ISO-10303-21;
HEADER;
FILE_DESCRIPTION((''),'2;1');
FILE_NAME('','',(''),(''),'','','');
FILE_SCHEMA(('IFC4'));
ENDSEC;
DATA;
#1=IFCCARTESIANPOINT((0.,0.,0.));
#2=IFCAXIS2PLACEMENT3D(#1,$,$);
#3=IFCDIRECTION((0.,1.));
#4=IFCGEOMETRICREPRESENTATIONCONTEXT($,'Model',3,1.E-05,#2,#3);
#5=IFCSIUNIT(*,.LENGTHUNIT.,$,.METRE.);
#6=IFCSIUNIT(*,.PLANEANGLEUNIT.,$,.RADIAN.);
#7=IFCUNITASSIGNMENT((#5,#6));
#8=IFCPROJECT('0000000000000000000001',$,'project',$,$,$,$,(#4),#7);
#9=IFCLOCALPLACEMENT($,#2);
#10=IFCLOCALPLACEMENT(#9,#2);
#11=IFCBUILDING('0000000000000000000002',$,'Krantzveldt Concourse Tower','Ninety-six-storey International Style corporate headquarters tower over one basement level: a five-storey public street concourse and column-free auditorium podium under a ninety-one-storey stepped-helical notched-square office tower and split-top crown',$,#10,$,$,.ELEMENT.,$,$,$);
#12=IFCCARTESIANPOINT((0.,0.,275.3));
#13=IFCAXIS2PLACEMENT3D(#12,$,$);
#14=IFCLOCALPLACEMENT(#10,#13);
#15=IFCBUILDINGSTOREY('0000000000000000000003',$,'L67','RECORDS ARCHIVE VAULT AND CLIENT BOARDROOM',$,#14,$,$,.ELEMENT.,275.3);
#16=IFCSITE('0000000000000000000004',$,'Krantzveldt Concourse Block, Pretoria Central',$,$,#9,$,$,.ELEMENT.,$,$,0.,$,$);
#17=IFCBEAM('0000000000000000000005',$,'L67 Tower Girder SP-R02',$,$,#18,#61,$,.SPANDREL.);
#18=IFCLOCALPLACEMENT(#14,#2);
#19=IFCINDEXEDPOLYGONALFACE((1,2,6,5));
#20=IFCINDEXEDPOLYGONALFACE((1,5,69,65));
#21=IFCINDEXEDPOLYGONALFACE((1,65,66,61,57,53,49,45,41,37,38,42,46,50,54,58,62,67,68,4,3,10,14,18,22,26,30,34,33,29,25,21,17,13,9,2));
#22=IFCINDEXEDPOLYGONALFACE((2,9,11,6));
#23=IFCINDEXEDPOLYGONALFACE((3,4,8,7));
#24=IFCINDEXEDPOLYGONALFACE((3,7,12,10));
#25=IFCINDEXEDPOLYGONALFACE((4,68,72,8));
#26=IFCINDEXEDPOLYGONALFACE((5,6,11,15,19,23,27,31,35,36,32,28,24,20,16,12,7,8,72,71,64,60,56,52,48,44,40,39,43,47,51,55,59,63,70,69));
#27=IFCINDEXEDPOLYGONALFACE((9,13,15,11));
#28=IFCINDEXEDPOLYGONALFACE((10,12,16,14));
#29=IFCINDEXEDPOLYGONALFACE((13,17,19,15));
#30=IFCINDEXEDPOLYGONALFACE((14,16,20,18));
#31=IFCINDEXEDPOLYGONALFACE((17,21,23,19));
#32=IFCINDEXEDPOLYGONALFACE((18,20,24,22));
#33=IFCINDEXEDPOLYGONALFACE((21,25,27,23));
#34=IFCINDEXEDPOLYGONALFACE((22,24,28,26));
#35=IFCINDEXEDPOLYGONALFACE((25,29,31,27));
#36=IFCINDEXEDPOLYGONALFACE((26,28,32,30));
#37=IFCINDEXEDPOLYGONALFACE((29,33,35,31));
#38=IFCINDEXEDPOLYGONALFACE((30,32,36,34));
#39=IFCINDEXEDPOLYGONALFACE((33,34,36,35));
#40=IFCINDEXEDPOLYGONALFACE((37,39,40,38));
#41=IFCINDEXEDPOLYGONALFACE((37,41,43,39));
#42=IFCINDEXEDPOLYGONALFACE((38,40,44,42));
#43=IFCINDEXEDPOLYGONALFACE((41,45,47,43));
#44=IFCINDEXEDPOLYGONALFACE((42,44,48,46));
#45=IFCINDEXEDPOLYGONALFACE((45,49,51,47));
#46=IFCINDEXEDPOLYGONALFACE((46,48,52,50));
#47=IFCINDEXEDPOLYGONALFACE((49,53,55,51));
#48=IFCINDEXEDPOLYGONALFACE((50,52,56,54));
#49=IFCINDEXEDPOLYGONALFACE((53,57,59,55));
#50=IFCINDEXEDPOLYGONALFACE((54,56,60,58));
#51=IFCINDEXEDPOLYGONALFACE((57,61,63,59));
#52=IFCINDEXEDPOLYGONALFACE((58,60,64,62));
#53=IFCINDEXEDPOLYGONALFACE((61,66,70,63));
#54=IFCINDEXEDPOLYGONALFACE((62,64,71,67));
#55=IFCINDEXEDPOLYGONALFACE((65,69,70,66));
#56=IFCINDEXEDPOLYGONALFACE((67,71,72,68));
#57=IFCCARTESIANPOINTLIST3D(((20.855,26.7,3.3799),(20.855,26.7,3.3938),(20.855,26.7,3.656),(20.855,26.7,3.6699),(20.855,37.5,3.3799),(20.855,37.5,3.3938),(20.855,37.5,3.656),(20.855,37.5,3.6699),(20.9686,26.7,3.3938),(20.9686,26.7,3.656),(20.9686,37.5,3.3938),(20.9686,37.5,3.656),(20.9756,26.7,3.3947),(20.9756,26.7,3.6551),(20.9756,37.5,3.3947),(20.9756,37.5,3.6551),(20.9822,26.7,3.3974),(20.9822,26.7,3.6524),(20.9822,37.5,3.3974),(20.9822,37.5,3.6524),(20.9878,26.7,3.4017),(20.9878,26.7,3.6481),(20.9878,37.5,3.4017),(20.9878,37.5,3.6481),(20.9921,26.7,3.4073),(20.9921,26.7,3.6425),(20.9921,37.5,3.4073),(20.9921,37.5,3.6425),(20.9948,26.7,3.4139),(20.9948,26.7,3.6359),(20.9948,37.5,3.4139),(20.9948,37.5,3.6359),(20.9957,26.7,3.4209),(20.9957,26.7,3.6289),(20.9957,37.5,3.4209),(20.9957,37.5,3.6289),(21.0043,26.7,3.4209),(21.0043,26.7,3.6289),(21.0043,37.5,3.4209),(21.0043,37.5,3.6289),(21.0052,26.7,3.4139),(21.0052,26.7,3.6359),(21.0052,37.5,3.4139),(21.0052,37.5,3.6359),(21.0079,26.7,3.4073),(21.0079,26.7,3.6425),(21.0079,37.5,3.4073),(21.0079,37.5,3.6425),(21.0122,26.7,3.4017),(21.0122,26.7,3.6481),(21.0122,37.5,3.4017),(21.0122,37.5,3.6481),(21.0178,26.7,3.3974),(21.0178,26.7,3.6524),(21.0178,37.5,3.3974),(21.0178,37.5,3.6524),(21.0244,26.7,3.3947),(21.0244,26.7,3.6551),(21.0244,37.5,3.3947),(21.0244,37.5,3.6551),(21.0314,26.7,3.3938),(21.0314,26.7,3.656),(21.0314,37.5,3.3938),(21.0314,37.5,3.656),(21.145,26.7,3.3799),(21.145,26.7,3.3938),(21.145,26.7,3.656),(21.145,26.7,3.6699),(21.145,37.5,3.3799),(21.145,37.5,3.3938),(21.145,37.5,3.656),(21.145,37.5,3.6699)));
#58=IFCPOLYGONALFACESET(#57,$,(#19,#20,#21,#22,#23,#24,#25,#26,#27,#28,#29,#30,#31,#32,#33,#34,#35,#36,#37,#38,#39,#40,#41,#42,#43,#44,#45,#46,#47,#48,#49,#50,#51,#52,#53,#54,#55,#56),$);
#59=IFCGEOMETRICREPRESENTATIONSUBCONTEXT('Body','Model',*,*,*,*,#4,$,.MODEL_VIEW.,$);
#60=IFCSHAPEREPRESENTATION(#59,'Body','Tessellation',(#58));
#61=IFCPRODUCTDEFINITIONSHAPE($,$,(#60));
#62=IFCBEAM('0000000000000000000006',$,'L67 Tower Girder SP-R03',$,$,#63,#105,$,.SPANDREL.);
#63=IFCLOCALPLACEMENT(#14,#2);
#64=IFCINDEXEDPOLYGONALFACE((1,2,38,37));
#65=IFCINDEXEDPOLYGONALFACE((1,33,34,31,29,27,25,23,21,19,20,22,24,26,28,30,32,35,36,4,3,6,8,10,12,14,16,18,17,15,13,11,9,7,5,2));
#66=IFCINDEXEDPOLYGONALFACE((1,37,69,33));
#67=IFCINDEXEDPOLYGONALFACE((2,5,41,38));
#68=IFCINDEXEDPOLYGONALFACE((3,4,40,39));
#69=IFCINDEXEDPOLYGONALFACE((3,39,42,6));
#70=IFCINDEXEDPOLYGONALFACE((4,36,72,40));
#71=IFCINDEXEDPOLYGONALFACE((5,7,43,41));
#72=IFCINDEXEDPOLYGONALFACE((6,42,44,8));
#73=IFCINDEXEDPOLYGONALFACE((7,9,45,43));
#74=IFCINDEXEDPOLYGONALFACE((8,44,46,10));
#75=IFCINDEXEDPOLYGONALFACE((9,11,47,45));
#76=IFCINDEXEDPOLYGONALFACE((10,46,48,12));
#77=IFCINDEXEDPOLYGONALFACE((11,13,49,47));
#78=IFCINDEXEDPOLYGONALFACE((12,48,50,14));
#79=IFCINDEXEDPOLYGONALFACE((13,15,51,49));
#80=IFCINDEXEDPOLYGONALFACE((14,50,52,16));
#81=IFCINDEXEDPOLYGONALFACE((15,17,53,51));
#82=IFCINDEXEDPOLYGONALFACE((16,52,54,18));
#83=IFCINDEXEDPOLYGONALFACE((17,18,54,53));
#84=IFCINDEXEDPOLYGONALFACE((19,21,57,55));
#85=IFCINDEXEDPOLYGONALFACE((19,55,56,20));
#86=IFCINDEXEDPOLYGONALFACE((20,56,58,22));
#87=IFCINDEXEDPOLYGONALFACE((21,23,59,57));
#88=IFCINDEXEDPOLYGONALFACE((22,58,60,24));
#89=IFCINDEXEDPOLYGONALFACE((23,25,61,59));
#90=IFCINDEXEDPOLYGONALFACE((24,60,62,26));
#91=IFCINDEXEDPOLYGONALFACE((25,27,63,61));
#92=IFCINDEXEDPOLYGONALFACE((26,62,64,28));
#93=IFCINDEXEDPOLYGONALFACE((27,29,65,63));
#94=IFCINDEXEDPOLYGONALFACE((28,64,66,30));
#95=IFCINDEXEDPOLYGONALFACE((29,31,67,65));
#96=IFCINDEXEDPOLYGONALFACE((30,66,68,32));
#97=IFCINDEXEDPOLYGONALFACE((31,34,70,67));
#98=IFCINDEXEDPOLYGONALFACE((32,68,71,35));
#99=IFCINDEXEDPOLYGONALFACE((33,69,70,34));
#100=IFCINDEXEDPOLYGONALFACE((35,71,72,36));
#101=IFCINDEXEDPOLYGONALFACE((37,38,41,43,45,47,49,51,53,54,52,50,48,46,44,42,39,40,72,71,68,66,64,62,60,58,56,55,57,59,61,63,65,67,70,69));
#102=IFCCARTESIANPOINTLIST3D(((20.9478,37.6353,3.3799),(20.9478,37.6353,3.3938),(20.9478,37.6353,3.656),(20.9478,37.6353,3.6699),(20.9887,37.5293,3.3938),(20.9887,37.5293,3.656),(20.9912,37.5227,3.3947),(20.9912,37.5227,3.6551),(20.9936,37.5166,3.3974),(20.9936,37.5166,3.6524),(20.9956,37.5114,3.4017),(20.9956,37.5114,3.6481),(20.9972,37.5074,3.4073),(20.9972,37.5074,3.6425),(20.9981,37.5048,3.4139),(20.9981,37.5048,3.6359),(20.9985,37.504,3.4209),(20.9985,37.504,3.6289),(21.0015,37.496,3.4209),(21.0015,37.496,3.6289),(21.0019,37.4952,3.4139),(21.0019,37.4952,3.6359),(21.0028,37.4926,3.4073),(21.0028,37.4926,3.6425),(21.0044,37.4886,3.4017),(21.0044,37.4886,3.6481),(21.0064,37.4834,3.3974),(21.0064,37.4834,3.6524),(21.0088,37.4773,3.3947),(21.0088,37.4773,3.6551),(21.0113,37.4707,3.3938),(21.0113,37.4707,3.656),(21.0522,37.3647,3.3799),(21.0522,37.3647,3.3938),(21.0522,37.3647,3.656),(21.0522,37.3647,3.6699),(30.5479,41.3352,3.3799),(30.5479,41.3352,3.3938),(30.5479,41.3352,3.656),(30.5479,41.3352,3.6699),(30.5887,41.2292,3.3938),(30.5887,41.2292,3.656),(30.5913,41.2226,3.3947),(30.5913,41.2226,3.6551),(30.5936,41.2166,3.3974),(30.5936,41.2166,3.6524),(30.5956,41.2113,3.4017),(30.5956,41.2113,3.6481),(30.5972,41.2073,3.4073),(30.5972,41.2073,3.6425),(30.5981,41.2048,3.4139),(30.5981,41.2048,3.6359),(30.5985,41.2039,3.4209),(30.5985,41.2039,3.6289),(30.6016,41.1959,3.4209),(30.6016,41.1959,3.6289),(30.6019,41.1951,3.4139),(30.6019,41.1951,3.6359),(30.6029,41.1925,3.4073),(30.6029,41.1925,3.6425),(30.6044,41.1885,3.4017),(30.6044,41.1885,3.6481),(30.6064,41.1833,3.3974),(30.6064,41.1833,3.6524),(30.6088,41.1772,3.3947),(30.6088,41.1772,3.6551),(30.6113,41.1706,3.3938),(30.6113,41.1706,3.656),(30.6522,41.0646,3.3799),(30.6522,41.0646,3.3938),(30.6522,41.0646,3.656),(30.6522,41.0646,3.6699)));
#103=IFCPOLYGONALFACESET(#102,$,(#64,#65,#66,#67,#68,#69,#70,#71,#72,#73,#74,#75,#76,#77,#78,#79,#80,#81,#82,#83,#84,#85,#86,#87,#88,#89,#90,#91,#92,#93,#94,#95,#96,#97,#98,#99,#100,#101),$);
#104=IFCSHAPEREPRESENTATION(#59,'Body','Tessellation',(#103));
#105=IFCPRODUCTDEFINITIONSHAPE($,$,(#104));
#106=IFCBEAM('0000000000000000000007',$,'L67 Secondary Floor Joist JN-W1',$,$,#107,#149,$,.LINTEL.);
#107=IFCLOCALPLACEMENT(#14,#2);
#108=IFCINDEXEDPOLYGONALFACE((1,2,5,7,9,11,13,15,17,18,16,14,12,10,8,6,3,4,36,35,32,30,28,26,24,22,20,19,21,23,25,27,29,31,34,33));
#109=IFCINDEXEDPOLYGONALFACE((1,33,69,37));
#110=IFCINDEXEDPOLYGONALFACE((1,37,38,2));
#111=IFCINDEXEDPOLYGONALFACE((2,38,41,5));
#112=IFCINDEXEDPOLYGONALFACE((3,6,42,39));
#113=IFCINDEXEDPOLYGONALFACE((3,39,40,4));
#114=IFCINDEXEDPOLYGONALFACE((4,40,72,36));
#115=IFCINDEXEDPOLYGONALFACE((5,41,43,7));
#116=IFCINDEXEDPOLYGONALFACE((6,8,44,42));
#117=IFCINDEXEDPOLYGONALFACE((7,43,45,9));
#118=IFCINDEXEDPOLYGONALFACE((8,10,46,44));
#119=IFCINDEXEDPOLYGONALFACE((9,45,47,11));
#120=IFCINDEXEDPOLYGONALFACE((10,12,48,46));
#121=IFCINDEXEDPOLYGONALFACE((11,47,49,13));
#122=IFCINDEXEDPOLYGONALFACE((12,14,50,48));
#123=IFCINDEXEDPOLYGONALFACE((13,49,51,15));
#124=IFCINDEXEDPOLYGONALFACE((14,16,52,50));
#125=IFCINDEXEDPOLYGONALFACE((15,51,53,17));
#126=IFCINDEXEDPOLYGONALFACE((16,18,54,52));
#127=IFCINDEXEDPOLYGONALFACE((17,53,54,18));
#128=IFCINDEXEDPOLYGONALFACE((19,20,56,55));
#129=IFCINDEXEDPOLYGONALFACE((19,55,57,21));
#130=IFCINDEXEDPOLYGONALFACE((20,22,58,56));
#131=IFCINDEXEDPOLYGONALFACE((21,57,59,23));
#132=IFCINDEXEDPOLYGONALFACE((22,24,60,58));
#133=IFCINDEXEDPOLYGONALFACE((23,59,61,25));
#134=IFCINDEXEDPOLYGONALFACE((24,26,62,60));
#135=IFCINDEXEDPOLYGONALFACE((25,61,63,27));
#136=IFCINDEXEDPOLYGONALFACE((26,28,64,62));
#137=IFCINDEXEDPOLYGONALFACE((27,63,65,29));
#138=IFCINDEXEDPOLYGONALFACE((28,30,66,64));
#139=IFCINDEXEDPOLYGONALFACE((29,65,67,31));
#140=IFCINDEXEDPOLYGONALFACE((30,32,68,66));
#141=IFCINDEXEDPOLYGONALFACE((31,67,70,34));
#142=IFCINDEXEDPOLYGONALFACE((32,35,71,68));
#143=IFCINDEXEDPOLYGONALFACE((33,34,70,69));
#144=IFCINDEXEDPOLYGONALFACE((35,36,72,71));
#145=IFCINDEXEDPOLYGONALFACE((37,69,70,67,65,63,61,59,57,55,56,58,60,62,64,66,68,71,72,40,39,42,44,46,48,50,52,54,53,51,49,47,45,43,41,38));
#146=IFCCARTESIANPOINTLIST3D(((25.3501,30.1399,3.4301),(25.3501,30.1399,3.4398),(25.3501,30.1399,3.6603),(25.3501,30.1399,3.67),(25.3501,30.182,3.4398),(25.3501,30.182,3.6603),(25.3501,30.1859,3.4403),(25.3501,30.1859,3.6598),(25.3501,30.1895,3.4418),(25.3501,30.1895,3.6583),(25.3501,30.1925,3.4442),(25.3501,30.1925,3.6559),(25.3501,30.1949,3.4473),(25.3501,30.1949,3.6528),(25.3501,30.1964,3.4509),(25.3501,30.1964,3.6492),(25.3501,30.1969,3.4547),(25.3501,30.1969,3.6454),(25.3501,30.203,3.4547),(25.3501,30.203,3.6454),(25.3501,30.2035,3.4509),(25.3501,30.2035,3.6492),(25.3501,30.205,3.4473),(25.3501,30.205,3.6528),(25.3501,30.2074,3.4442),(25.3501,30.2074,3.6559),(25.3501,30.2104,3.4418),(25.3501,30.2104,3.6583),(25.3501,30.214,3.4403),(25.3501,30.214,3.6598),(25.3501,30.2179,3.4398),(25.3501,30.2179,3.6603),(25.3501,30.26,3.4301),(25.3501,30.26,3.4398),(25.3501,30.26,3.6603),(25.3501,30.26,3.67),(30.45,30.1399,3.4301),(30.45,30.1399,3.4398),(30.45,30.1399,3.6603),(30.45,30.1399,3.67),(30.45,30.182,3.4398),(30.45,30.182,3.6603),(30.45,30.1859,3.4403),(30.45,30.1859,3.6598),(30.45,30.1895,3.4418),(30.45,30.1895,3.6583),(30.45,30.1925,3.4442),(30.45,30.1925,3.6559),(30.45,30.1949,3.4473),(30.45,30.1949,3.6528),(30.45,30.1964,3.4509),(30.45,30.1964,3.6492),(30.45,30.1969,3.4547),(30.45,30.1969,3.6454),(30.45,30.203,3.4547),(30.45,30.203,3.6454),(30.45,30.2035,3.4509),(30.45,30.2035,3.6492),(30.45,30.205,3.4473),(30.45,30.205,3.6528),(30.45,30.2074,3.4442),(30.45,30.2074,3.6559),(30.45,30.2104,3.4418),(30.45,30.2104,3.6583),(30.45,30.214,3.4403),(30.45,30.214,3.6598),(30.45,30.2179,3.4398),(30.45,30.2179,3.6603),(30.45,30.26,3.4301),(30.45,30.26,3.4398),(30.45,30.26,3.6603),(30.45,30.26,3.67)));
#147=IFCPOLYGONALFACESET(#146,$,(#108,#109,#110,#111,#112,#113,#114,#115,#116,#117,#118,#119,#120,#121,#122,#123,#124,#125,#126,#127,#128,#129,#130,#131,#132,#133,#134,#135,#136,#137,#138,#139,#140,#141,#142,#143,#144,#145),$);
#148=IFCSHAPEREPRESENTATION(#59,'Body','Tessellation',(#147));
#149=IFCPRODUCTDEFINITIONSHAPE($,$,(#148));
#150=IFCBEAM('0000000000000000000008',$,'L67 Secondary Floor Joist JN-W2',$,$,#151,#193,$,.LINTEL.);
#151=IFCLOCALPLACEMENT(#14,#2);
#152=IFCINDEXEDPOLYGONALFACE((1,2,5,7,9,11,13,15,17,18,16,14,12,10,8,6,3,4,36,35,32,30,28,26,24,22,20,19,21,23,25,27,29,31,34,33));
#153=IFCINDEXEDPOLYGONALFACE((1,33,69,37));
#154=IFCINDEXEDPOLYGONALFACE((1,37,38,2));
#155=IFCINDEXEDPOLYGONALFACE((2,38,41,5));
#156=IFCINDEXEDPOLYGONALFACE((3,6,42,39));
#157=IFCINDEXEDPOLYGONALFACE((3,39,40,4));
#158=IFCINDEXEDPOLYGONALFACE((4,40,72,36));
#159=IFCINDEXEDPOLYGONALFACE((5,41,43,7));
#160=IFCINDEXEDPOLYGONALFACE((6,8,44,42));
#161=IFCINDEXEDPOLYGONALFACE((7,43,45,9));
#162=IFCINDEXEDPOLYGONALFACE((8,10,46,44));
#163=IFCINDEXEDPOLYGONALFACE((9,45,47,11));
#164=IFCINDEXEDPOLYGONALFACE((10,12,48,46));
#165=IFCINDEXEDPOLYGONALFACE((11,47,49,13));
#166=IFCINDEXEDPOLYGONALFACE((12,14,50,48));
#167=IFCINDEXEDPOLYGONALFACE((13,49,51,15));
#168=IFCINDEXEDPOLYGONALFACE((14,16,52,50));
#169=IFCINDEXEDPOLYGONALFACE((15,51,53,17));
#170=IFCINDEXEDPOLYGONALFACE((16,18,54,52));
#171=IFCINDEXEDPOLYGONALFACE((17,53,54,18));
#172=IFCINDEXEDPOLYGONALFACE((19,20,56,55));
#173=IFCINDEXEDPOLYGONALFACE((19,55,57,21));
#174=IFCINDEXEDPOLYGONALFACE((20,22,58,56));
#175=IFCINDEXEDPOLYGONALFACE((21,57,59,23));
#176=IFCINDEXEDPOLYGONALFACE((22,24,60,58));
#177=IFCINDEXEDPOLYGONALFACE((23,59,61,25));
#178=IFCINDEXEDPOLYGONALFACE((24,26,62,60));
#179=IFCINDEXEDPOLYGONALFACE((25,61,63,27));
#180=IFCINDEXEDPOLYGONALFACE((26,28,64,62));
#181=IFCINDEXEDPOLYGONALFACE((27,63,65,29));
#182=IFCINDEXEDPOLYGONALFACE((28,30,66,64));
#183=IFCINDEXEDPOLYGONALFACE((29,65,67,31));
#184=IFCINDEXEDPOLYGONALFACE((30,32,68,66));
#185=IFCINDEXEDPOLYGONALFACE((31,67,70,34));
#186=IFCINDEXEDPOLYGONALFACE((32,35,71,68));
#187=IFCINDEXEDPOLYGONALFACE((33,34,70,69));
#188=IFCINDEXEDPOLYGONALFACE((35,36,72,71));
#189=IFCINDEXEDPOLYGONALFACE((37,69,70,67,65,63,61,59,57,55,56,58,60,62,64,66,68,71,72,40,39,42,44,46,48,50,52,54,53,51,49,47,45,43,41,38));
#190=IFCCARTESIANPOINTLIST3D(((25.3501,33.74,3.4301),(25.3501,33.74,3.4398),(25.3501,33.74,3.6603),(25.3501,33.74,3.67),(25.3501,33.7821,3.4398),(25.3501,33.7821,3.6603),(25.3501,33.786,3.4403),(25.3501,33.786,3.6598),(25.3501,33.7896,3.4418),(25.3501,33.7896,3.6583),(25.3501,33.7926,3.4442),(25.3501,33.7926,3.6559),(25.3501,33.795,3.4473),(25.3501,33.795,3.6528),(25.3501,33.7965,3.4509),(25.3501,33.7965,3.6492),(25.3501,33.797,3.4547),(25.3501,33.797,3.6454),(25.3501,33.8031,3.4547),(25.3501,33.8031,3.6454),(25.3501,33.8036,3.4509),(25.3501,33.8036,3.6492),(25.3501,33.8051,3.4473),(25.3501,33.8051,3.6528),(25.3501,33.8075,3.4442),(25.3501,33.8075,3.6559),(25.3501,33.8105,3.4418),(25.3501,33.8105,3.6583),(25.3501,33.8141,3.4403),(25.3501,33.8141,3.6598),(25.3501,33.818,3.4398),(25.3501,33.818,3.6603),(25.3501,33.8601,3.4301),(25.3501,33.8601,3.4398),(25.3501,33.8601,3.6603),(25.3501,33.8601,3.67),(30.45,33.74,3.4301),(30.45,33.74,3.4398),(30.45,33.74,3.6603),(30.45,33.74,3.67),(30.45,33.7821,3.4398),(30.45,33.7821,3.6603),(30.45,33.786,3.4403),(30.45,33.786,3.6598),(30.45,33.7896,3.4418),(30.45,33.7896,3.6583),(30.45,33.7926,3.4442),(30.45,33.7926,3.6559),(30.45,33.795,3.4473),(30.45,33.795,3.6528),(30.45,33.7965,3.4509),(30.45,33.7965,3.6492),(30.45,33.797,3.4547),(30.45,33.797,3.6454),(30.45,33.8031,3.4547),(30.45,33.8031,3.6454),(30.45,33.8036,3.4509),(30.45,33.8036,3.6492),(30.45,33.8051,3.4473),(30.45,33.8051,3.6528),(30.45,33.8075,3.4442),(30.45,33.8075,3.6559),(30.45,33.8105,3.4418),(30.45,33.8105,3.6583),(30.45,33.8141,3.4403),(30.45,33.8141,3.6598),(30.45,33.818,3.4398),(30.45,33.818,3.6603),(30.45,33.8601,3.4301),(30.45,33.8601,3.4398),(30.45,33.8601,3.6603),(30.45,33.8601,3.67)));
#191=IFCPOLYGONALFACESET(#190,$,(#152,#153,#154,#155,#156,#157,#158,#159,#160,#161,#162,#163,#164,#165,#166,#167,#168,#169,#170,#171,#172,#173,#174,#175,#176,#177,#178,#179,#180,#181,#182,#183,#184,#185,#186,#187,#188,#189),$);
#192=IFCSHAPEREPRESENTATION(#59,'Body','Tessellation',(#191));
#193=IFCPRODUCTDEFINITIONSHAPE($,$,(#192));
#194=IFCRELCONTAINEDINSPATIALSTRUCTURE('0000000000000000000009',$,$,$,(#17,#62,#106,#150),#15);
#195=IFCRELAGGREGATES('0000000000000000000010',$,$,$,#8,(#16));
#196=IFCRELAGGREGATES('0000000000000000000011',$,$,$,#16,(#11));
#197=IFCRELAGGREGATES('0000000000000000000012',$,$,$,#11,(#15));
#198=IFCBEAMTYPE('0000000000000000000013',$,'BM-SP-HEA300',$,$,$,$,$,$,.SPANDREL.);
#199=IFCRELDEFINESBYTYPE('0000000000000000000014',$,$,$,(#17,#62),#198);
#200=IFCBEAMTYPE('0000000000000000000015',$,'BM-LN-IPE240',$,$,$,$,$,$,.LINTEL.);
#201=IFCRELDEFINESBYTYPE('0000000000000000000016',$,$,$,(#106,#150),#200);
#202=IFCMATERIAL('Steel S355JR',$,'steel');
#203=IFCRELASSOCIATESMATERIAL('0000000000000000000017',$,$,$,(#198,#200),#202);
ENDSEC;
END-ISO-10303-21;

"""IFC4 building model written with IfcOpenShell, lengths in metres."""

from ifc_helpers import new_model, si_unit, direction, frame, origin, origin_2d, place, context, subcontext, project, spatial, i_section, extrude, source, transform, mapped, material, material_profile, profile_set, type_object, type_shapes, element, save


model = new_model("IFC4")

# Units and contexts
model_context = context("Model", 3, precision=1e-05, world=origin(), true_north=direction((0.0, 1.0)))
body_context = subcontext(model_context, "Body", "Model", "MODEL_VIEW")
ifc_project = project(units=[si_unit("LENGTHUNIT", "METRE"), si_unit("PLANEANGLEUNIT", "RADIAN")], contexts=[model_context])

# Site, building, storey
site_placement = place(None, origin())
site = spatial("IfcSite", under=ifc_project, at=site_placement, Name="Krantzveldt Concourse Block, Pretoria Central", CompositionType="ELEMENT", RefElevation=0.0)
building_placement = place(site_placement, origin())
building = spatial("IfcBuilding", under=site, at=building_placement, Name="Krantzveldt Concourse Tower", Description="Ninety-six-storey International Style corporate headquarters tower over one basement level: a five-storey public street concourse and column-free auditorium podium under a ninety-one-storey stepped-helical notched-square office tower and split-top crown", CompositionType="ELEMENT")
storey_placement = place(building_placement, frame((0.0, 0.0, 275.3)))
storey = spatial("IfcBuildingStorey", under=building, at=storey_placement, Name="L67", Description="RECORDS ARCHIVE VAULT AND CLIENT BOARDROOM", CompositionType="ELEMENT", Elevation=275.3)

# Beams
ifc_material_1 = material(Name="Steel S355JR", Category="steel")
ifc_material_profile_1 = material_profile(ifc_material_1, i_section(OverallWidth=0.29, OverallDepth=0.29, WebThickness=0.0085, FlangeThickness=0.0139, FilletRadius=0.0271, at=origin_2d()), Name="Steel S355JR", Category="steel")
ifc_profile_set_1 = profile_set([ifc_material_profile_1], Name="Steel S355JR - HEA 300")
beam_type_1 = type_object("IfcBeamType", Name="BM-SP-HEA300", PredefinedType="SPANDREL", material=ifc_profile_set_1)
shared_shape_1 = source(origin(), body_context, "Body", "SweptSolid", [
    extrude(i_section(OverallWidth=0.29, OverallDepth=0.29, WebThickness=0.0085, FlangeThickness=0.0139, FilletRadius=0.0271, at=origin_2d()), origin(), (0.0, 0.0, 1.0), 10.8),
])
beam_1_placement = place(storey_placement, frame((21.0, 26.7, 3.5249), z_axis=(0.0, 1.0, 0.0), x_axis=(-1.0, 0.0, 0.0)))
element("IfcBeam", 1, at=beam_1_placement, inside=storey, type_object=beam_type_1, Name="L67 Tower Girder SP-R02", PredefinedType="SPANDREL", context=body_context, shape_type="MappedRepresentation", body=[
    mapped(shared_shape_1, transform((0.0, 0.0, 0.0), x_axis=(1.0, 0.0, 0.0), y_axis=(0.0, 1.0, 0.0), z_axis=(0.0, 0.0, 1.0), scale=1.0)),
])
shared_shape_2 = source(origin(), body_context, "Body", "SweptSolid", [
    extrude(i_section(OverallWidth=0.29, OverallDepth=0.29, WebThickness=0.0085, FlangeThickness=0.0139, FilletRadius=0.0271, at=origin_2d()), origin(), (0.0, 0.0, 1.0), 10.2883),
])
type_shapes(beam_type_1, [shared_shape_1, shared_shape_2])
beam_2_placement = place(storey_placement, frame((21.0, 37.5, 3.5249), z_axis=(0.933098, 0.359623, 0.0), x_axis=(-0.359623, 0.933098, 0.0)))
element("IfcBeam", 2, at=beam_2_placement, inside=storey, type_object=beam_type_1, Name="L67 Tower Girder SP-R03", PredefinedType="SPANDREL", context=body_context, shape_type="MappedRepresentation", body=[
    mapped(shared_shape_2, transform((0.0, 0.0, 0.0), x_axis=(1.0, 0.0, 0.0), y_axis=(0.0, 1.0, 0.0), z_axis=(0.0, 0.0, 1.0), scale=1.0)),
])
ifc_material_profile_2 = material_profile(ifc_material_1, i_section(OverallWidth=0.1201, OverallDepth=0.24, WebThickness=0.0061, FlangeThickness=0.0098, FilletRadius=0.0149, at=origin_2d()), Name="Steel S355JR", Category="steel")
ifc_profile_set_2 = profile_set([ifc_material_profile_2], Name="Steel S355JR - IPE 240")
beam_type_2 = type_object("IfcBeamType", Name="BM-LN-IPE240", PredefinedType="LINTEL", material=ifc_profile_set_2)
shared_shape_3 = source(origin(), body_context, "Body", "SweptSolid", [
    extrude(i_section(OverallWidth=0.1201, OverallDepth=0.24, WebThickness=0.0061, FlangeThickness=0.0098, FilletRadius=0.0149, at=origin_2d()), origin(), (0.0, 0.0, 1.0), 5.0999),
])
type_shapes(beam_type_2, [shared_shape_3])
for number, where, z_axis, x_axis, name in (
    (3, (25.3501, 30.2, 3.55), (1.0, 0.0, 0.0), (0.0, 1.0, 0.0), "L67 Secondary Floor Joist JN-W1"),
    (4, (25.3501, 33.8, 3.55), (1.0, 0.0, 0.0), (0.0, 1.0, 0.0), "L67 Secondary Floor Joist JN-W2"),
):
    element("IfcBeam", number, at=place(storey_placement, frame(where, z_axis=z_axis, x_axis=x_axis)), inside=storey, type_object=beam_type_2, Name=name, PredefinedType="LINTEL", context=body_context, shape_type="MappedRepresentation", body=[
        mapped(shared_shape_3, transform((0.0, 0.0, 0.0), x_axis=(1.0, 0.0, 0.0), y_axis=(0.0, 1.0, 0.0), z_axis=(0.0, 0.0, 1.0), scale=1.0)),
    ])

save(model, "model.ifc")
